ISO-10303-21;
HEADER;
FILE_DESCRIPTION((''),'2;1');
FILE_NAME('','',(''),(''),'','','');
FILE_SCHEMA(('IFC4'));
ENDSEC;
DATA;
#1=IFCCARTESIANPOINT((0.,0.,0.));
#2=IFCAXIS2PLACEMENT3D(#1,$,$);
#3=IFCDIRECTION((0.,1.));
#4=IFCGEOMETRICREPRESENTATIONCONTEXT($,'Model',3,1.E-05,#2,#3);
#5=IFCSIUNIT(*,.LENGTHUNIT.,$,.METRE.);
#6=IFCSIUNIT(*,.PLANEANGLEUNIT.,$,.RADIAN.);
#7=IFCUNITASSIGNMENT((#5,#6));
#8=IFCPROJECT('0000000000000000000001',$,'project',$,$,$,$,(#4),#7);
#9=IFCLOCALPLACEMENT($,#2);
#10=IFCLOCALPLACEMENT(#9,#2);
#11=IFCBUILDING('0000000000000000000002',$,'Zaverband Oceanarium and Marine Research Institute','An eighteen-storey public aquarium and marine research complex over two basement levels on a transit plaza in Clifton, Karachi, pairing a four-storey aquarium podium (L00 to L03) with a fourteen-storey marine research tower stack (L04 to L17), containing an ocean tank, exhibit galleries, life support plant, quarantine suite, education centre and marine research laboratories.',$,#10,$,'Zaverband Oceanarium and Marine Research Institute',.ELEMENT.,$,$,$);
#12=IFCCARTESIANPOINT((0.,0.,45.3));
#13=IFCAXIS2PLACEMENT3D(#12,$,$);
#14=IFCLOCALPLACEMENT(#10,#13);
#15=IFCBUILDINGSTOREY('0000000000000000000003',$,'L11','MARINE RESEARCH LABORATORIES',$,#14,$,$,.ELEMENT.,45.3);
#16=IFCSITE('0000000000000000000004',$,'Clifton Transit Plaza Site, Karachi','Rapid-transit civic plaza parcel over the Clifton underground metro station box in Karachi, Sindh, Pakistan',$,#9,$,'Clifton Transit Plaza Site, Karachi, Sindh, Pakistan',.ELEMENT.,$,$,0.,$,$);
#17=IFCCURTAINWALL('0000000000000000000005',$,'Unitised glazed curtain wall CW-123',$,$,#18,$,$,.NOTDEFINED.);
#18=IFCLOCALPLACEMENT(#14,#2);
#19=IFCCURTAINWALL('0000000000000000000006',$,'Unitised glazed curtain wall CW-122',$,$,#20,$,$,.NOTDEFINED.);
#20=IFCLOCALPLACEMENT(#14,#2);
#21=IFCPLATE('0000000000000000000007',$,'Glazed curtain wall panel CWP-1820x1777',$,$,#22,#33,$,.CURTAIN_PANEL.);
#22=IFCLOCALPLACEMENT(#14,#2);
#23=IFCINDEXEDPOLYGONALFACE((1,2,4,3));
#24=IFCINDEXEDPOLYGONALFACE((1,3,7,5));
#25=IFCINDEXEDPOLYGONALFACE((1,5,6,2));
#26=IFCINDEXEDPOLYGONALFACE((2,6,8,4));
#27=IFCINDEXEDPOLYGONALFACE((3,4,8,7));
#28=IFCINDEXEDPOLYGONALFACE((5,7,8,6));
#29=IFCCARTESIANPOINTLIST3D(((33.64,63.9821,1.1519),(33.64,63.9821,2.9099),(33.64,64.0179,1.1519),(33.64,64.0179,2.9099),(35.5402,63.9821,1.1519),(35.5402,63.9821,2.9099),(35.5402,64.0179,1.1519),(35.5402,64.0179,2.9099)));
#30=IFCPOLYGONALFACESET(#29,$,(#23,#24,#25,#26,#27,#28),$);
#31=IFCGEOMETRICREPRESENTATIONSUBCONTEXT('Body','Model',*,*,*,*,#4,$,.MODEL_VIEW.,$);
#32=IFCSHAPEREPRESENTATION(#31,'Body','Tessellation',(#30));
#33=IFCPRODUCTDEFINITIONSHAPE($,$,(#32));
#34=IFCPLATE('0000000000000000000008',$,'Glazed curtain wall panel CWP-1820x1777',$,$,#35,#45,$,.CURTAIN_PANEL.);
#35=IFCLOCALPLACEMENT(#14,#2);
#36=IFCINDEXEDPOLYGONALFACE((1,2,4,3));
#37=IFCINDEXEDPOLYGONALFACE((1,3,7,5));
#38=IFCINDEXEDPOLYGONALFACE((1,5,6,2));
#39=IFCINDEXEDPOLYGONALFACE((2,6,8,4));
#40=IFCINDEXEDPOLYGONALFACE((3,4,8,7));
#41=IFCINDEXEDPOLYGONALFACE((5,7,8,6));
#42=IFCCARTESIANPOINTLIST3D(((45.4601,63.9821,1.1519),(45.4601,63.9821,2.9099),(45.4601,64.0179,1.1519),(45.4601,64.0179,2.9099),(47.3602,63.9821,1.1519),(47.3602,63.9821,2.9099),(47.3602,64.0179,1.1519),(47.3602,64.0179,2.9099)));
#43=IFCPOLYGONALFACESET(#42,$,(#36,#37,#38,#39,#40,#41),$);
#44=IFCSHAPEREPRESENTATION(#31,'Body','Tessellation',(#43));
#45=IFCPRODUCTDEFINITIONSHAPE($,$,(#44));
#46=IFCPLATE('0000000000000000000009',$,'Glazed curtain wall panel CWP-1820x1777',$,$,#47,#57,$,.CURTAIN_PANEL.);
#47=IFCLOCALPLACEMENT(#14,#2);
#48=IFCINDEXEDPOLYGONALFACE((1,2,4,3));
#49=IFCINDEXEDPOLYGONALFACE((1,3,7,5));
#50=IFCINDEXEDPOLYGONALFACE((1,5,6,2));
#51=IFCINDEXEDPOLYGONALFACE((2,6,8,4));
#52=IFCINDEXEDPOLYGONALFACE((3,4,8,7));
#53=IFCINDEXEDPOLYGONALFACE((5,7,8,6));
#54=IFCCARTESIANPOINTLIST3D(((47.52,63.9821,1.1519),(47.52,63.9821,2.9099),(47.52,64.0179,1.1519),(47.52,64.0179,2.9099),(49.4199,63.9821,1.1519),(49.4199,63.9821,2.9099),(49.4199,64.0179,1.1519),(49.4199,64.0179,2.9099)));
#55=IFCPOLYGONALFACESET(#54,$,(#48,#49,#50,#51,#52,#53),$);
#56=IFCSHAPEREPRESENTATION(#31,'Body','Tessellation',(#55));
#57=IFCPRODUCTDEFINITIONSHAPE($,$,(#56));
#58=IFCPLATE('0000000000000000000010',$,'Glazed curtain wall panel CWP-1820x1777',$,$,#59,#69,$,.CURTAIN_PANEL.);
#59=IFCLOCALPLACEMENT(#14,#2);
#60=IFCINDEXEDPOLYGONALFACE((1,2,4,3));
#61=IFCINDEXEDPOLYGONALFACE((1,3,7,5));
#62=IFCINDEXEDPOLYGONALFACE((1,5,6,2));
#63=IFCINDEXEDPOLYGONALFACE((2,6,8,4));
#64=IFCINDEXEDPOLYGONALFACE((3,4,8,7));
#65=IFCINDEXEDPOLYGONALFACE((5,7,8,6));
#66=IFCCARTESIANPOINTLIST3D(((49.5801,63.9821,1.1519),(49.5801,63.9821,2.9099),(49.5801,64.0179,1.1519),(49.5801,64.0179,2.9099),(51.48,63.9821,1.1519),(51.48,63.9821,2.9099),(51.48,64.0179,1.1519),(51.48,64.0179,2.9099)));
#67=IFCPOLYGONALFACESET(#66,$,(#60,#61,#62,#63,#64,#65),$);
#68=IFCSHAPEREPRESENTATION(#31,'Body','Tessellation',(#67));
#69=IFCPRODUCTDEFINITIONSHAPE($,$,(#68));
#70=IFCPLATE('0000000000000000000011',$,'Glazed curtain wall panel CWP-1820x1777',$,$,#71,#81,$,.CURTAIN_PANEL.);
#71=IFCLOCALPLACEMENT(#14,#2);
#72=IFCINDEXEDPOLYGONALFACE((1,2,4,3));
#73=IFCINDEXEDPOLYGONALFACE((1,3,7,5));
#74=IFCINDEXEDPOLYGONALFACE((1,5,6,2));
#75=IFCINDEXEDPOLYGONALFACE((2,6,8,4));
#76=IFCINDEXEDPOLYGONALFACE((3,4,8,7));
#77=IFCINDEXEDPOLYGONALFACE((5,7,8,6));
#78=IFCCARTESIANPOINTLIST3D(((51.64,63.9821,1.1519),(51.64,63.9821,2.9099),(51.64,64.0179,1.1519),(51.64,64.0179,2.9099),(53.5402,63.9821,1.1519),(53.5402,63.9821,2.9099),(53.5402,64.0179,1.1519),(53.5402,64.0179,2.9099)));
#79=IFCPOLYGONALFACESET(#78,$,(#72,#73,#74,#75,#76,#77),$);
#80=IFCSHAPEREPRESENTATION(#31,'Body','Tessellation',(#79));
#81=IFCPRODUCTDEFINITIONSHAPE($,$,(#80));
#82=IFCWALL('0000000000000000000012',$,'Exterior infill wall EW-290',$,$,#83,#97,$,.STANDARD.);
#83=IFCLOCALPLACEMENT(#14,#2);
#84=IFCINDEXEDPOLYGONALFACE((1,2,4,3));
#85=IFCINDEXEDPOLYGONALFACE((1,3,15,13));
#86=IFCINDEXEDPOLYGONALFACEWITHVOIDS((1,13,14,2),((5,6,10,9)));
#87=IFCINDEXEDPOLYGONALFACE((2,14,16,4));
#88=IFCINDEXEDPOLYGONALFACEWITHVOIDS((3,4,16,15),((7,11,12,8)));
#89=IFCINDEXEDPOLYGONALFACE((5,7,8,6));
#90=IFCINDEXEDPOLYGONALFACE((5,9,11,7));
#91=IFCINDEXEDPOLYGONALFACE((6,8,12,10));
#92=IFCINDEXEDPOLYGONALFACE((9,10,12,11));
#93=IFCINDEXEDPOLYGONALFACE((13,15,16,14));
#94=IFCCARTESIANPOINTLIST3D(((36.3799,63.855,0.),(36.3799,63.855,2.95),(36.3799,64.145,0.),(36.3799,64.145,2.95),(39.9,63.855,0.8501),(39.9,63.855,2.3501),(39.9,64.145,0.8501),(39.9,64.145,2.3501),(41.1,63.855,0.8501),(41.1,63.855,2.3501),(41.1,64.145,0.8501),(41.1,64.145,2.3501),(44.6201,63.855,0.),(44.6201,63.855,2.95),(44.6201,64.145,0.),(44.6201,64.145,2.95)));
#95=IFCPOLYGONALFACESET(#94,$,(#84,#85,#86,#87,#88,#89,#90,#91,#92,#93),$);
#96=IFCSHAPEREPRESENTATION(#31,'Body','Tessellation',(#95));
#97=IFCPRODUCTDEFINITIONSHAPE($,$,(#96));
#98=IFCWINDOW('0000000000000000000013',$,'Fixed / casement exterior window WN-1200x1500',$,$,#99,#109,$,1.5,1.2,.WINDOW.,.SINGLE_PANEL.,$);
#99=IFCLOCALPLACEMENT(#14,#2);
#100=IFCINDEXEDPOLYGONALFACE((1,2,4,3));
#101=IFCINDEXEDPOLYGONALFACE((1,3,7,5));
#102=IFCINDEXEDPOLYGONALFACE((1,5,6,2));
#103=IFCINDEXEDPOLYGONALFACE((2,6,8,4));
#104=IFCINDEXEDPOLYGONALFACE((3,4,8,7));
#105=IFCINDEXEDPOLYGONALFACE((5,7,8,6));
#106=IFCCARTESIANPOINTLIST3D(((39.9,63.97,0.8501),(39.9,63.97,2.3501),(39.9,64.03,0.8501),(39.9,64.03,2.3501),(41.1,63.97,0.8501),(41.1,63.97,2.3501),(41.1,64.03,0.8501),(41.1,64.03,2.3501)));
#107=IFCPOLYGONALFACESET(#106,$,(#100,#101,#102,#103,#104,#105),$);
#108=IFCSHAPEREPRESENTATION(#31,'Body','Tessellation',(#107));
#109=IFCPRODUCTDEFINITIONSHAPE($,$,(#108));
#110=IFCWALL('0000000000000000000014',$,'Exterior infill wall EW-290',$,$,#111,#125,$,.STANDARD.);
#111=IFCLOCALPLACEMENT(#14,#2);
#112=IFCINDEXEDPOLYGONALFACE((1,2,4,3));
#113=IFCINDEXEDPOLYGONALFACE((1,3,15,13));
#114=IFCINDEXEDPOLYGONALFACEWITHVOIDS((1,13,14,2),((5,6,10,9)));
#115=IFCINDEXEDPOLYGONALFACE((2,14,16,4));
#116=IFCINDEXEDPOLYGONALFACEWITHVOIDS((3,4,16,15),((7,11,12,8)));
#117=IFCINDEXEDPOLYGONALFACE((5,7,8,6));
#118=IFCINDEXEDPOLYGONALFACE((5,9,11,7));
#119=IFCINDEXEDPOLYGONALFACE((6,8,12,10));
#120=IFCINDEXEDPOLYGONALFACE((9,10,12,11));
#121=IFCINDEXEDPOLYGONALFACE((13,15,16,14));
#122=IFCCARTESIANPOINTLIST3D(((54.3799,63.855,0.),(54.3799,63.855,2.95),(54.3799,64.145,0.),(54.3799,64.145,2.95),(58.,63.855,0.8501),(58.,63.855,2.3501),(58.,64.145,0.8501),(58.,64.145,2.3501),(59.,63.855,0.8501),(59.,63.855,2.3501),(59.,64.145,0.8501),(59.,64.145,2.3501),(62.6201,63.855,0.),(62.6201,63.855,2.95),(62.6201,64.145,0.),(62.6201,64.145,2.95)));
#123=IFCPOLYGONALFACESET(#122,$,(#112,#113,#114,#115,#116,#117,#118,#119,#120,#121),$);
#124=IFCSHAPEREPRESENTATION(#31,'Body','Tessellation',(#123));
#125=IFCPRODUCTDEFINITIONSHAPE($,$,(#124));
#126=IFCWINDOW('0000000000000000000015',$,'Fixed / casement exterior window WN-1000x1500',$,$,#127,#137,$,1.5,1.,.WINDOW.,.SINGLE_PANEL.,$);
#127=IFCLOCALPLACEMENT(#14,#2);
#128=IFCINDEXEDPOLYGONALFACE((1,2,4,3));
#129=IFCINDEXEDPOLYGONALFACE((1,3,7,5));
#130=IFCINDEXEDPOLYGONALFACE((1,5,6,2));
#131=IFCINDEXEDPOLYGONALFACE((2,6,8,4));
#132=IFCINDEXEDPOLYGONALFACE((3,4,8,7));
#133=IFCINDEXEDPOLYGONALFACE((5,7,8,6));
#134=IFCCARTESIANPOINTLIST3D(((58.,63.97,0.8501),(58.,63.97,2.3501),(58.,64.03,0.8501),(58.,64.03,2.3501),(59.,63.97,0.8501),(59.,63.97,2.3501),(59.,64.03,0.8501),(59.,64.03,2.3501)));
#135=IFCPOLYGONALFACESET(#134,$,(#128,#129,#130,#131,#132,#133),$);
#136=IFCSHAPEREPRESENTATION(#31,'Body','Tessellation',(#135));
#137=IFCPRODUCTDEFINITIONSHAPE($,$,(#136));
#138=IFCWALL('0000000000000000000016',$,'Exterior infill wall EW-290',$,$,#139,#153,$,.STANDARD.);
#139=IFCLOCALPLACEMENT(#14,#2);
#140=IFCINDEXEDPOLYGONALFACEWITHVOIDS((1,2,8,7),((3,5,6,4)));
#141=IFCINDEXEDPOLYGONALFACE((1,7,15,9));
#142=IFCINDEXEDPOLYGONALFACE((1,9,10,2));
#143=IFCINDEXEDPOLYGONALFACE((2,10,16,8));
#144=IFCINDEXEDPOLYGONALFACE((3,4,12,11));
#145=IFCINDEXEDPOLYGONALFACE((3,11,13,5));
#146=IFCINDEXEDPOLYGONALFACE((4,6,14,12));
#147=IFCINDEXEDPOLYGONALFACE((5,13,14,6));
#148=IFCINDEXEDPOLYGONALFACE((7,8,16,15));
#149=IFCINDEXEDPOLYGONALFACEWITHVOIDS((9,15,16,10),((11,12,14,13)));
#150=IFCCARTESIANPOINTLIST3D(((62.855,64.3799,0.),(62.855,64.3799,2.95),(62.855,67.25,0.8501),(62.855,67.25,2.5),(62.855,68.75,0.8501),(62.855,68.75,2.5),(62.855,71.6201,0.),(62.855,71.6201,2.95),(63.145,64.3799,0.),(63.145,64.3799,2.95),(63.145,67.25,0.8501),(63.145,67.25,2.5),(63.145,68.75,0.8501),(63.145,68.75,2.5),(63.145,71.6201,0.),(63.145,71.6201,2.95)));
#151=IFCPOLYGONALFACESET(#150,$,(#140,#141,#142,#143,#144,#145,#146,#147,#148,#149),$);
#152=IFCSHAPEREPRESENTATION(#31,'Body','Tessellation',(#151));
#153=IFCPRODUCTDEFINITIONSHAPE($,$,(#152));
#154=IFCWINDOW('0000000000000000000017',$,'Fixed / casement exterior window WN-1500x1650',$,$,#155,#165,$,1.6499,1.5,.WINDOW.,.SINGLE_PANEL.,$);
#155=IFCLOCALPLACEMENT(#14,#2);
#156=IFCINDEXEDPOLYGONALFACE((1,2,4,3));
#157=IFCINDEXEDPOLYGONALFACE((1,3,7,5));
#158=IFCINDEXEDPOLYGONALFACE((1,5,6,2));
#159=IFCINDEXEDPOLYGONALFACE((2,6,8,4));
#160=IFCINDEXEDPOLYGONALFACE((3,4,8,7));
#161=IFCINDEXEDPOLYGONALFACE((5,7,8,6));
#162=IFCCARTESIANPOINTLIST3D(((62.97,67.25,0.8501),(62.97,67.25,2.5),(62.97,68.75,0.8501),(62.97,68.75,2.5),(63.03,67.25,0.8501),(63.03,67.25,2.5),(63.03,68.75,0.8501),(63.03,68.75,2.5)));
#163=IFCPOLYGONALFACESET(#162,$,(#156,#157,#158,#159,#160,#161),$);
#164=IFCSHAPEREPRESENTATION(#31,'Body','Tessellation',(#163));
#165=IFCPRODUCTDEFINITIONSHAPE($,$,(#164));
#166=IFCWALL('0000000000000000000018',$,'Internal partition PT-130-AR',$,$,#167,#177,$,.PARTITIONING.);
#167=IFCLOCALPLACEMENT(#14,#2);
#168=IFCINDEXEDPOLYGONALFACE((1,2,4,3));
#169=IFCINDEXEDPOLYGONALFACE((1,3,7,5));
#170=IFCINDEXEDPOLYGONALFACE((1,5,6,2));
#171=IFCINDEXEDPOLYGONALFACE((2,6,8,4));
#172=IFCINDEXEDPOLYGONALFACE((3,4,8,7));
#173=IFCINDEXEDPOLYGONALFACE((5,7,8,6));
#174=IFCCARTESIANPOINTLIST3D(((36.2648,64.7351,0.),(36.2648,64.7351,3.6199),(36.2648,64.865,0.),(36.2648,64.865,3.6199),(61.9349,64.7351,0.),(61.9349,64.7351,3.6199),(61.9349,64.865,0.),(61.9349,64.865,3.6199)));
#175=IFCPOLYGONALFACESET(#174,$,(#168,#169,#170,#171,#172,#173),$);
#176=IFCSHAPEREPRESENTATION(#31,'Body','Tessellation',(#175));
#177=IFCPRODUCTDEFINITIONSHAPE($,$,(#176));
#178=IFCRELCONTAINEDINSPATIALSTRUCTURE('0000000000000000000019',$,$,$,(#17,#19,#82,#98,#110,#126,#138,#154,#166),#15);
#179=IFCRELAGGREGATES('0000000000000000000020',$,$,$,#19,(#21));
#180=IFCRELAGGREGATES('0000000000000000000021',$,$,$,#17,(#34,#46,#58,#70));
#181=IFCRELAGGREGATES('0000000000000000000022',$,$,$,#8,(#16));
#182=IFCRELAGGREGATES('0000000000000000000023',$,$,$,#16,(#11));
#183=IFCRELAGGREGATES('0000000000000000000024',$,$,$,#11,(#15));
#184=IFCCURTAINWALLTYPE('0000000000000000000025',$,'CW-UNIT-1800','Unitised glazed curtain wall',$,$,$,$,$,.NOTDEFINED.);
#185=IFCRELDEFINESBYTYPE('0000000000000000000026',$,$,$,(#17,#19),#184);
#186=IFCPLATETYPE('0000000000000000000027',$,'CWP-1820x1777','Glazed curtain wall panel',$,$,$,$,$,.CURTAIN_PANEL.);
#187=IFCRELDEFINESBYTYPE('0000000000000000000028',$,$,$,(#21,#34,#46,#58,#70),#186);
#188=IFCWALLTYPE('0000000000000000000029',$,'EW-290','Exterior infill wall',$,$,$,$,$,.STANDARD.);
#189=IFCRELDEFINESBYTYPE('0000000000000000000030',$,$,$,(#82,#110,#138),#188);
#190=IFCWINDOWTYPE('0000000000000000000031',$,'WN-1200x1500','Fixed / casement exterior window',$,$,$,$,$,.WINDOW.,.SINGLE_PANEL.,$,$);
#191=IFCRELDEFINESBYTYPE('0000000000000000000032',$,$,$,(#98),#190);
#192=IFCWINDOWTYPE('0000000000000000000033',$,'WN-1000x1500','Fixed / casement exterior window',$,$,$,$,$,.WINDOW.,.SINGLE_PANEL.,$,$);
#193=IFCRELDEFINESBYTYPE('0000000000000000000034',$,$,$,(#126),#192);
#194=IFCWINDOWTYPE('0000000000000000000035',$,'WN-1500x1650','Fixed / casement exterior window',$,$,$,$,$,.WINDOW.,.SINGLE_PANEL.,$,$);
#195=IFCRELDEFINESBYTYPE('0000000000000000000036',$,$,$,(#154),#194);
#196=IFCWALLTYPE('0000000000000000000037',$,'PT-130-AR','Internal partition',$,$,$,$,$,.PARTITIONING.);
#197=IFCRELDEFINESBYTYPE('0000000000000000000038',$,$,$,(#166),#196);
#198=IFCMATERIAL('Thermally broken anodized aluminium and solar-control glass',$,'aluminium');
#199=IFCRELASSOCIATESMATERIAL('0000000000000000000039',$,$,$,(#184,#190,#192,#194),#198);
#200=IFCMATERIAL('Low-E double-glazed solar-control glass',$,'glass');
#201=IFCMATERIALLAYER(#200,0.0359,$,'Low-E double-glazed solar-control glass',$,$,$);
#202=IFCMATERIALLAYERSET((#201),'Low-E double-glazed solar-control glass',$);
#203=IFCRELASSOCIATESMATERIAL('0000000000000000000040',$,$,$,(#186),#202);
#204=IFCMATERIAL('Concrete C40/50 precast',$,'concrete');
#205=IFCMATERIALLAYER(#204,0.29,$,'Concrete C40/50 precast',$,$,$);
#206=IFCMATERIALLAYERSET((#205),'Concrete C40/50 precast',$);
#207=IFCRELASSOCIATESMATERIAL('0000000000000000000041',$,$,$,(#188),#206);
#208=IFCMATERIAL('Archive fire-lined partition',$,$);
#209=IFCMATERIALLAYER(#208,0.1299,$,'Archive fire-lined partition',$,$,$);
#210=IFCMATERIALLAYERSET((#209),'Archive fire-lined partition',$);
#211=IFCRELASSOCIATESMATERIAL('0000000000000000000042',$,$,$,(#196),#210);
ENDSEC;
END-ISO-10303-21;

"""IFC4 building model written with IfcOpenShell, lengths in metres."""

from ifc_helpers import new_model, si_unit, direction, frame, frame_2d, origin, place, context, subcontext, project, spatial, rectangle, extrude, material, layer, layer_set, type_object, element, fill, aggregate, save


model = new_model("IFC4")

# Units and contexts
model_context = context("Model", 3, precision=1e-05, world=origin(), true_north=direction((0.0, 1.0)))
body_context = subcontext(model_context, "Body", "Model", "MODEL_VIEW")
ifc_project = project(units=[si_unit("LENGTHUNIT", "METRE"), si_unit("PLANEANGLEUNIT", "RADIAN")], contexts=[model_context])

# Site, building, storey
site_placement = place(None, origin())
site = spatial("IfcSite", under=ifc_project, at=site_placement, Name="Clifton Transit Plaza Site, Karachi", Description="Rapid-transit civic plaza parcel over the Clifton underground metro station box in Karachi, Sindh, Pakistan", LongName="Clifton Transit Plaza Site, Karachi, Sindh, Pakistan", CompositionType="ELEMENT", RefElevation=0.0)
building_placement = place(site_placement, origin())
building = spatial("IfcBuilding", under=site, at=building_placement, Name="Zaverband Oceanarium and Marine Research Institute", Description="An eighteen-storey public aquarium and marine research complex over two basement levels on a transit plaza in Clifton, Karachi, pairing a four-storey aquarium podium (L00 to L03) with a fourteen-storey marine research tower stack (L04 to L17), containing an ocean tank, exhibit galleries, life support plant, quarantine suite, education centre and marine research laboratories.", LongName="Zaverband Oceanarium and Marine Research Institute", CompositionType="ELEMENT")
storey_placement = place(building_placement, frame((0.0, 0.0, 45.3)))
storey = spatial("IfcBuildingStorey", under=building, at=storey_placement, Name="L11", Description="MARINE RESEARCH LABORATORIES", CompositionType="ELEMENT", Elevation=45.3)

# Curtain wall
ifc_material_1 = material(Name="Thermally broken anodized aluminium and solar-control glass", Category="aluminium")
curtain_wall_type = type_object("IfcCurtainWallType", Name="CW-UNIT-1800", Description="Unitised glazed curtain wall", PredefinedType="NOTDEFINED", material=ifc_material_1)
curtain_wall_1_placement = place(storey_placement, origin())
curtain_wall_1 = element("IfcCurtainWall", 1, at=curtain_wall_1_placement, inside=storey, type_object=curtain_wall_type, Name="Unitised glazed curtain wall CW-123", PredefinedType="NOTDEFINED")

# Curtain wall
curtain_wall_2_placement = place(storey_placement, origin())
curtain_wall_2 = element("IfcCurtainWall", 2, at=curtain_wall_2_placement, inside=storey, type_object=curtain_wall_type, Name="Unitised glazed curtain wall CW-122", PredefinedType="NOTDEFINED")
ifc_material_2 = material(Name="Low-E double-glazed solar-control glass", Category="glass")

# Plates
ifc_layer_1 = layer(ifc_material_2, 0.0359, Name="Low-E double-glazed solar-control glass")
ifc_layer_set_1 = layer_set([ifc_layer_1], Name="Low-E double-glazed solar-control glass")
plate_type_1 = type_object("IfcPlateType", Name="CWP-1820x1777", Description="Glazed curtain wall panel", PredefinedType="CURTAIN_PANEL", material=ifc_layer_set_1)
plate_1_placement = place(storey_placement, frame((33.6399, 64.0, 1.1519), z_axis=(0.0, 0.0, 1.0), x_axis=(1.0, 0.0, 0.0)))
plate_1 = element("IfcPlate", 3, at=plate_1_placement, type_object=plate_type_1, Name="Glazed curtain wall panel CWP-1820x1777", PredefinedType="CURTAIN_PANEL", context=body_context, shape_type="SweptSolid", body=[
    extrude(rectangle(XDim=1.9001, YDim=0.0359, at=frame_2d((0.9502, 0.0))), origin(), (0.0, 0.0, 1.0), 1.7581),
])
aggregate(curtain_wall_2, [plate_1])
plate_2_placement = place(storey_placement, frame((45.46, 64.0, 1.1519), z_axis=(0.0, 0.0, 1.0), x_axis=(1.0, 0.0, 0.0)))
plate_2 = element("IfcPlate", 4, at=plate_2_placement, type_object=plate_type_1, Name="Glazed curtain wall panel CWP-1820x1777", PredefinedType="CURTAIN_PANEL", context=body_context, shape_type="SweptSolid", body=[
    extrude(rectangle(XDim=1.9001, YDim=0.0359, at=frame_2d((0.9502, 0.0))), origin(), (0.0, 0.0, 1.0), 1.7581),
])
plate_3_placement = place(storey_placement, frame((47.52, 64.0, 1.1519), z_axis=(0.0, 0.0, 1.0), x_axis=(1.0, 0.0, 0.0)))
plate_3 = element("IfcPlate", 5, at=plate_3_placement, type_object=plate_type_1, Name="Glazed curtain wall panel CWP-1820x1777", PredefinedType="CURTAIN_PANEL", context=body_context, shape_type="SweptSolid", body=[
    extrude(rectangle(XDim=1.8999, YDim=0.0359, at=frame_2d((0.95, 0.0))), origin(), (0.0, 0.0, 1.0), 1.7581),
])
plate_4_placement = place(storey_placement, frame((49.5801, 64.0, 1.1519), z_axis=(0.0, 0.0, 1.0), x_axis=(1.0, 0.0, 0.0)))
plate_4 = element("IfcPlate", 6, at=plate_4_placement, type_object=plate_type_1, Name="Glazed curtain wall panel CWP-1820x1777", PredefinedType="CURTAIN_PANEL", context=body_context, shape_type="SweptSolid", body=[
    extrude(rectangle(XDim=1.8999, YDim=0.0359, at=frame_2d((0.95, 0.0))), origin(), (0.0, 0.0, 1.0), 1.7581),
])
plate_5_placement = place(storey_placement, frame((51.6399, 64.0, 1.1519), z_axis=(0.0, 0.0, 1.0), x_axis=(1.0, 0.0, 0.0)))
plate_5 = element("IfcPlate", 7, at=plate_5_placement, type_object=plate_type_1, Name="Glazed curtain wall panel CWP-1820x1777", PredefinedType="CURTAIN_PANEL", context=body_context, shape_type="SweptSolid", body=[
    extrude(rectangle(XDim=1.9001, YDim=0.0359, at=frame_2d((0.9502, 0.0))), origin(), (0.0, 0.0, 1.0), 1.7581),
])
aggregate(curtain_wall_1, [plate_2, plate_3, plate_4, plate_5])

# Walls, openings, windows
ifc_material_3 = material(Name="Concrete C40/50 precast", Category="concrete")
ifc_layer_2 = layer(ifc_material_3, 0.29, Name="Concrete C40/50 precast")
ifc_layer_set_2 = layer_set([ifc_layer_2], Name="Concrete C40/50 precast")
wall_type_1 = type_object("IfcWallType", Name="EW-290", Description="Exterior infill wall", PredefinedType="STANDARD", material=ifc_layer_set_2)
wall_1_placement = place(storey_placement, frame((36.3799, 64.0, 0.0), z_axis=(0.0, 0.0, 1.0), x_axis=(1.0, 0.0, 0.0)))
wall_1 = element("IfcWall", 8, at=wall_1_placement, inside=storey, type_object=wall_type_1, Name="Exterior infill wall EW-290", PredefinedType="STANDARD", context=body_context, shape_type="SweptSolid", body=[
    extrude(rectangle(XDim=8.2402, YDim=0.29, at=frame_2d((4.1201, 0.0))), origin(), (0.0, 0.0, 1.0), 2.95),
])
opening_1_placement = place(wall_1_placement, frame((3.52, 0.0, 0.8501)))
opening_1 = element("IfcOpeningElement", 9, at=opening_1_placement, cuts=wall_1, PredefinedType="OPENING", context=body_context, shape_type="SweptSolid", body=[
    extrude(rectangle(XDim=1.2, YDim=1.5, at=frame_2d((0.6001, 0.75))), frame((0.0, 0.157, 0.0), z_axis=(0.0, -1.0, 0.0), x_axis=(1.0, 0.0, 0.0)), (0.0, 0.0, 1.0), 0.314),
])
window_type_1 = type_object("IfcWindowType", Name="WN-1200x1500", Description="Fixed / casement exterior window", PartitioningType="SINGLE_PANEL", PredefinedType="WINDOW", material=ifc_material_1)
window_1_placement = place(opening_1_placement, origin())
window_1 = element("IfcWindow", 10, at=window_1_placement, inside=storey, type_object=window_type_1, Name="Fixed / casement exterior window WN-1200x1500", OverallHeight=1.5, OverallWidth=1.2, PartitioningType="SINGLE_PANEL", PredefinedType="WINDOW", context=body_context, shape_type="SweptSolid", body=[
    extrude(rectangle(XDim=1.2, YDim=1.5, at=frame_2d((0.6001, 0.75))), frame((0.0, 0.03, 0.0), z_axis=(0.0, -1.0, 0.0), x_axis=(1.0, 0.0, 0.0)), (0.0, 0.0, 1.0), 0.0601),
])
fill(opening_1, window_1)
wall_2_placement = place(storey_placement, frame((54.3799, 64.0, 0.0), z_axis=(0.0, 0.0, 1.0), x_axis=(1.0, 0.0, 0.0)))
wall_2 = element("IfcWall", 11, at=wall_2_placement, inside=storey, type_object=wall_type_1, Name="Exterior infill wall EW-290", PredefinedType="STANDARD", context=body_context, shape_type="SweptSolid", body=[
    extrude(rectangle(XDim=8.2402, YDim=0.29, at=frame_2d((4.1201, 0.0))), origin(), (0.0, 0.0, 1.0), 2.95),
])
opening_2_placement = place(wall_2_placement, frame((3.6201, 0.0, 0.8501)))
opening_2 = element("IfcOpeningElement", 12, at=opening_2_placement, cuts=wall_2, PredefinedType="OPENING", context=body_context, shape_type="SweptSolid", body=[
    extrude(rectangle(XDim=1.0, YDim=1.5, at=frame_2d((0.5, 0.75))), frame((0.0, 0.157, 0.0), z_axis=(0.0, -1.0, 0.0), x_axis=(1.0, 0.0, 0.0)), (0.0, 0.0, 1.0), 0.314),
])
window_type_2 = type_object("IfcWindowType", Name="WN-1000x1500", Description="Fixed / casement exterior window", PartitioningType="SINGLE_PANEL", PredefinedType="WINDOW", material=ifc_material_1)
window_2_placement = place(opening_2_placement, origin())
window_2 = element("IfcWindow", 13, at=window_2_placement, inside=storey, type_object=window_type_2, Name="Fixed / casement exterior window WN-1000x1500", OverallHeight=1.5, OverallWidth=1.0, PartitioningType="SINGLE_PANEL", PredefinedType="WINDOW", context=body_context, shape_type="SweptSolid", body=[
    extrude(rectangle(XDim=1.0, YDim=1.5, at=frame_2d((0.5, 0.75))), frame((0.0, 0.03, 0.0), z_axis=(0.0, -1.0, 0.0), x_axis=(1.0, 0.0, 0.0)), (0.0, 0.0, 1.0), 0.0601),
])
fill(opening_2, window_2)
wall_3_placement = place(storey_placement, frame((63.0, 64.3799, 0.0), z_axis=(0.0, 0.0, 1.0), x_axis=(0.0, 1.0, 0.0)))
wall_3 = element("IfcWall", 14, at=wall_3_placement, inside=storey, type_object=wall_type_1, Name="Exterior infill wall EW-290", PredefinedType="STANDARD", context=body_context, shape_type="SweptSolid", body=[
    extrude(rectangle(XDim=7.2402, YDim=0.29, at=frame_2d((3.6201, 0.0))), origin(), (0.0, 0.0, 1.0), 2.95),
])
opening_3_placement = place(wall_3_placement, frame((2.8701, 0.0, 0.8501)))
opening_3 = element("IfcOpeningElement", 15, at=opening_3_placement, cuts=wall_3, PredefinedType="OPENING", context=body_context, shape_type="SweptSolid", body=[
    extrude(rectangle(XDim=1.5, YDim=1.6499, at=frame_2d((0.75, 0.825))), frame((0.0, 0.157, 0.0), z_axis=(0.0, -1.0, 0.0), x_axis=(1.0, 0.0, 0.0)), (0.0, 0.0, 1.0), 0.314),
])
window_type_3 = type_object("IfcWindowType", Name="WN-1500x1650", Description="Fixed / casement exterior window", PartitioningType="SINGLE_PANEL", PredefinedType="WINDOW", material=ifc_material_1)
window_3_placement = place(opening_3_placement, origin())
window_3 = element("IfcWindow", 16, at=window_3_placement, inside=storey, type_object=window_type_3, Name="Fixed / casement exterior window WN-1500x1650", OverallHeight=1.6499, OverallWidth=1.5, PartitioningType="SINGLE_PANEL", PredefinedType="WINDOW", context=body_context, shape_type="SweptSolid", body=[
    extrude(rectangle(XDim=1.5, YDim=1.6499, at=frame_2d((0.75, 0.825))), frame((0.0, 0.03, 0.0), z_axis=(0.0, -1.0, 0.0), x_axis=(1.0, 0.0, 0.0)), (0.0, 0.0, 1.0), 0.0601),
])
fill(opening_3, window_3)

# Wall
ifc_material_4 = material(Name="Archive fire-lined partition")
ifc_layer_3 = layer(ifc_material_4, 0.1299, Name="Archive fire-lined partition")
ifc_layer_set_3 = layer_set([ifc_layer_3], Name="Archive fire-lined partition")
wall_type_2 = type_object("IfcWallType", Name="PT-130-AR", Description="Internal partition", PredefinedType="PARTITIONING", material=ifc_layer_set_3)
wall_4_placement = place(storey_placement, frame((36.2649, 64.8, 0.0), z_axis=(0.0, 0.0, 1.0), x_axis=(1.0, 0.0, 0.0)))
element("IfcWall", 17, at=wall_4_placement, inside=storey, type_object=wall_type_2, Name="Internal partition PT-130-AR", PredefinedType="PARTITIONING", context=body_context, shape_type="SweptSolid", body=[
    extrude(rectangle(XDim=25.6702, YDim=0.1299, at=frame_2d((12.835, 0.0))), origin(), (0.0, 0.0, 1.0), 3.6199),
])

save(model, "model.ifc")
